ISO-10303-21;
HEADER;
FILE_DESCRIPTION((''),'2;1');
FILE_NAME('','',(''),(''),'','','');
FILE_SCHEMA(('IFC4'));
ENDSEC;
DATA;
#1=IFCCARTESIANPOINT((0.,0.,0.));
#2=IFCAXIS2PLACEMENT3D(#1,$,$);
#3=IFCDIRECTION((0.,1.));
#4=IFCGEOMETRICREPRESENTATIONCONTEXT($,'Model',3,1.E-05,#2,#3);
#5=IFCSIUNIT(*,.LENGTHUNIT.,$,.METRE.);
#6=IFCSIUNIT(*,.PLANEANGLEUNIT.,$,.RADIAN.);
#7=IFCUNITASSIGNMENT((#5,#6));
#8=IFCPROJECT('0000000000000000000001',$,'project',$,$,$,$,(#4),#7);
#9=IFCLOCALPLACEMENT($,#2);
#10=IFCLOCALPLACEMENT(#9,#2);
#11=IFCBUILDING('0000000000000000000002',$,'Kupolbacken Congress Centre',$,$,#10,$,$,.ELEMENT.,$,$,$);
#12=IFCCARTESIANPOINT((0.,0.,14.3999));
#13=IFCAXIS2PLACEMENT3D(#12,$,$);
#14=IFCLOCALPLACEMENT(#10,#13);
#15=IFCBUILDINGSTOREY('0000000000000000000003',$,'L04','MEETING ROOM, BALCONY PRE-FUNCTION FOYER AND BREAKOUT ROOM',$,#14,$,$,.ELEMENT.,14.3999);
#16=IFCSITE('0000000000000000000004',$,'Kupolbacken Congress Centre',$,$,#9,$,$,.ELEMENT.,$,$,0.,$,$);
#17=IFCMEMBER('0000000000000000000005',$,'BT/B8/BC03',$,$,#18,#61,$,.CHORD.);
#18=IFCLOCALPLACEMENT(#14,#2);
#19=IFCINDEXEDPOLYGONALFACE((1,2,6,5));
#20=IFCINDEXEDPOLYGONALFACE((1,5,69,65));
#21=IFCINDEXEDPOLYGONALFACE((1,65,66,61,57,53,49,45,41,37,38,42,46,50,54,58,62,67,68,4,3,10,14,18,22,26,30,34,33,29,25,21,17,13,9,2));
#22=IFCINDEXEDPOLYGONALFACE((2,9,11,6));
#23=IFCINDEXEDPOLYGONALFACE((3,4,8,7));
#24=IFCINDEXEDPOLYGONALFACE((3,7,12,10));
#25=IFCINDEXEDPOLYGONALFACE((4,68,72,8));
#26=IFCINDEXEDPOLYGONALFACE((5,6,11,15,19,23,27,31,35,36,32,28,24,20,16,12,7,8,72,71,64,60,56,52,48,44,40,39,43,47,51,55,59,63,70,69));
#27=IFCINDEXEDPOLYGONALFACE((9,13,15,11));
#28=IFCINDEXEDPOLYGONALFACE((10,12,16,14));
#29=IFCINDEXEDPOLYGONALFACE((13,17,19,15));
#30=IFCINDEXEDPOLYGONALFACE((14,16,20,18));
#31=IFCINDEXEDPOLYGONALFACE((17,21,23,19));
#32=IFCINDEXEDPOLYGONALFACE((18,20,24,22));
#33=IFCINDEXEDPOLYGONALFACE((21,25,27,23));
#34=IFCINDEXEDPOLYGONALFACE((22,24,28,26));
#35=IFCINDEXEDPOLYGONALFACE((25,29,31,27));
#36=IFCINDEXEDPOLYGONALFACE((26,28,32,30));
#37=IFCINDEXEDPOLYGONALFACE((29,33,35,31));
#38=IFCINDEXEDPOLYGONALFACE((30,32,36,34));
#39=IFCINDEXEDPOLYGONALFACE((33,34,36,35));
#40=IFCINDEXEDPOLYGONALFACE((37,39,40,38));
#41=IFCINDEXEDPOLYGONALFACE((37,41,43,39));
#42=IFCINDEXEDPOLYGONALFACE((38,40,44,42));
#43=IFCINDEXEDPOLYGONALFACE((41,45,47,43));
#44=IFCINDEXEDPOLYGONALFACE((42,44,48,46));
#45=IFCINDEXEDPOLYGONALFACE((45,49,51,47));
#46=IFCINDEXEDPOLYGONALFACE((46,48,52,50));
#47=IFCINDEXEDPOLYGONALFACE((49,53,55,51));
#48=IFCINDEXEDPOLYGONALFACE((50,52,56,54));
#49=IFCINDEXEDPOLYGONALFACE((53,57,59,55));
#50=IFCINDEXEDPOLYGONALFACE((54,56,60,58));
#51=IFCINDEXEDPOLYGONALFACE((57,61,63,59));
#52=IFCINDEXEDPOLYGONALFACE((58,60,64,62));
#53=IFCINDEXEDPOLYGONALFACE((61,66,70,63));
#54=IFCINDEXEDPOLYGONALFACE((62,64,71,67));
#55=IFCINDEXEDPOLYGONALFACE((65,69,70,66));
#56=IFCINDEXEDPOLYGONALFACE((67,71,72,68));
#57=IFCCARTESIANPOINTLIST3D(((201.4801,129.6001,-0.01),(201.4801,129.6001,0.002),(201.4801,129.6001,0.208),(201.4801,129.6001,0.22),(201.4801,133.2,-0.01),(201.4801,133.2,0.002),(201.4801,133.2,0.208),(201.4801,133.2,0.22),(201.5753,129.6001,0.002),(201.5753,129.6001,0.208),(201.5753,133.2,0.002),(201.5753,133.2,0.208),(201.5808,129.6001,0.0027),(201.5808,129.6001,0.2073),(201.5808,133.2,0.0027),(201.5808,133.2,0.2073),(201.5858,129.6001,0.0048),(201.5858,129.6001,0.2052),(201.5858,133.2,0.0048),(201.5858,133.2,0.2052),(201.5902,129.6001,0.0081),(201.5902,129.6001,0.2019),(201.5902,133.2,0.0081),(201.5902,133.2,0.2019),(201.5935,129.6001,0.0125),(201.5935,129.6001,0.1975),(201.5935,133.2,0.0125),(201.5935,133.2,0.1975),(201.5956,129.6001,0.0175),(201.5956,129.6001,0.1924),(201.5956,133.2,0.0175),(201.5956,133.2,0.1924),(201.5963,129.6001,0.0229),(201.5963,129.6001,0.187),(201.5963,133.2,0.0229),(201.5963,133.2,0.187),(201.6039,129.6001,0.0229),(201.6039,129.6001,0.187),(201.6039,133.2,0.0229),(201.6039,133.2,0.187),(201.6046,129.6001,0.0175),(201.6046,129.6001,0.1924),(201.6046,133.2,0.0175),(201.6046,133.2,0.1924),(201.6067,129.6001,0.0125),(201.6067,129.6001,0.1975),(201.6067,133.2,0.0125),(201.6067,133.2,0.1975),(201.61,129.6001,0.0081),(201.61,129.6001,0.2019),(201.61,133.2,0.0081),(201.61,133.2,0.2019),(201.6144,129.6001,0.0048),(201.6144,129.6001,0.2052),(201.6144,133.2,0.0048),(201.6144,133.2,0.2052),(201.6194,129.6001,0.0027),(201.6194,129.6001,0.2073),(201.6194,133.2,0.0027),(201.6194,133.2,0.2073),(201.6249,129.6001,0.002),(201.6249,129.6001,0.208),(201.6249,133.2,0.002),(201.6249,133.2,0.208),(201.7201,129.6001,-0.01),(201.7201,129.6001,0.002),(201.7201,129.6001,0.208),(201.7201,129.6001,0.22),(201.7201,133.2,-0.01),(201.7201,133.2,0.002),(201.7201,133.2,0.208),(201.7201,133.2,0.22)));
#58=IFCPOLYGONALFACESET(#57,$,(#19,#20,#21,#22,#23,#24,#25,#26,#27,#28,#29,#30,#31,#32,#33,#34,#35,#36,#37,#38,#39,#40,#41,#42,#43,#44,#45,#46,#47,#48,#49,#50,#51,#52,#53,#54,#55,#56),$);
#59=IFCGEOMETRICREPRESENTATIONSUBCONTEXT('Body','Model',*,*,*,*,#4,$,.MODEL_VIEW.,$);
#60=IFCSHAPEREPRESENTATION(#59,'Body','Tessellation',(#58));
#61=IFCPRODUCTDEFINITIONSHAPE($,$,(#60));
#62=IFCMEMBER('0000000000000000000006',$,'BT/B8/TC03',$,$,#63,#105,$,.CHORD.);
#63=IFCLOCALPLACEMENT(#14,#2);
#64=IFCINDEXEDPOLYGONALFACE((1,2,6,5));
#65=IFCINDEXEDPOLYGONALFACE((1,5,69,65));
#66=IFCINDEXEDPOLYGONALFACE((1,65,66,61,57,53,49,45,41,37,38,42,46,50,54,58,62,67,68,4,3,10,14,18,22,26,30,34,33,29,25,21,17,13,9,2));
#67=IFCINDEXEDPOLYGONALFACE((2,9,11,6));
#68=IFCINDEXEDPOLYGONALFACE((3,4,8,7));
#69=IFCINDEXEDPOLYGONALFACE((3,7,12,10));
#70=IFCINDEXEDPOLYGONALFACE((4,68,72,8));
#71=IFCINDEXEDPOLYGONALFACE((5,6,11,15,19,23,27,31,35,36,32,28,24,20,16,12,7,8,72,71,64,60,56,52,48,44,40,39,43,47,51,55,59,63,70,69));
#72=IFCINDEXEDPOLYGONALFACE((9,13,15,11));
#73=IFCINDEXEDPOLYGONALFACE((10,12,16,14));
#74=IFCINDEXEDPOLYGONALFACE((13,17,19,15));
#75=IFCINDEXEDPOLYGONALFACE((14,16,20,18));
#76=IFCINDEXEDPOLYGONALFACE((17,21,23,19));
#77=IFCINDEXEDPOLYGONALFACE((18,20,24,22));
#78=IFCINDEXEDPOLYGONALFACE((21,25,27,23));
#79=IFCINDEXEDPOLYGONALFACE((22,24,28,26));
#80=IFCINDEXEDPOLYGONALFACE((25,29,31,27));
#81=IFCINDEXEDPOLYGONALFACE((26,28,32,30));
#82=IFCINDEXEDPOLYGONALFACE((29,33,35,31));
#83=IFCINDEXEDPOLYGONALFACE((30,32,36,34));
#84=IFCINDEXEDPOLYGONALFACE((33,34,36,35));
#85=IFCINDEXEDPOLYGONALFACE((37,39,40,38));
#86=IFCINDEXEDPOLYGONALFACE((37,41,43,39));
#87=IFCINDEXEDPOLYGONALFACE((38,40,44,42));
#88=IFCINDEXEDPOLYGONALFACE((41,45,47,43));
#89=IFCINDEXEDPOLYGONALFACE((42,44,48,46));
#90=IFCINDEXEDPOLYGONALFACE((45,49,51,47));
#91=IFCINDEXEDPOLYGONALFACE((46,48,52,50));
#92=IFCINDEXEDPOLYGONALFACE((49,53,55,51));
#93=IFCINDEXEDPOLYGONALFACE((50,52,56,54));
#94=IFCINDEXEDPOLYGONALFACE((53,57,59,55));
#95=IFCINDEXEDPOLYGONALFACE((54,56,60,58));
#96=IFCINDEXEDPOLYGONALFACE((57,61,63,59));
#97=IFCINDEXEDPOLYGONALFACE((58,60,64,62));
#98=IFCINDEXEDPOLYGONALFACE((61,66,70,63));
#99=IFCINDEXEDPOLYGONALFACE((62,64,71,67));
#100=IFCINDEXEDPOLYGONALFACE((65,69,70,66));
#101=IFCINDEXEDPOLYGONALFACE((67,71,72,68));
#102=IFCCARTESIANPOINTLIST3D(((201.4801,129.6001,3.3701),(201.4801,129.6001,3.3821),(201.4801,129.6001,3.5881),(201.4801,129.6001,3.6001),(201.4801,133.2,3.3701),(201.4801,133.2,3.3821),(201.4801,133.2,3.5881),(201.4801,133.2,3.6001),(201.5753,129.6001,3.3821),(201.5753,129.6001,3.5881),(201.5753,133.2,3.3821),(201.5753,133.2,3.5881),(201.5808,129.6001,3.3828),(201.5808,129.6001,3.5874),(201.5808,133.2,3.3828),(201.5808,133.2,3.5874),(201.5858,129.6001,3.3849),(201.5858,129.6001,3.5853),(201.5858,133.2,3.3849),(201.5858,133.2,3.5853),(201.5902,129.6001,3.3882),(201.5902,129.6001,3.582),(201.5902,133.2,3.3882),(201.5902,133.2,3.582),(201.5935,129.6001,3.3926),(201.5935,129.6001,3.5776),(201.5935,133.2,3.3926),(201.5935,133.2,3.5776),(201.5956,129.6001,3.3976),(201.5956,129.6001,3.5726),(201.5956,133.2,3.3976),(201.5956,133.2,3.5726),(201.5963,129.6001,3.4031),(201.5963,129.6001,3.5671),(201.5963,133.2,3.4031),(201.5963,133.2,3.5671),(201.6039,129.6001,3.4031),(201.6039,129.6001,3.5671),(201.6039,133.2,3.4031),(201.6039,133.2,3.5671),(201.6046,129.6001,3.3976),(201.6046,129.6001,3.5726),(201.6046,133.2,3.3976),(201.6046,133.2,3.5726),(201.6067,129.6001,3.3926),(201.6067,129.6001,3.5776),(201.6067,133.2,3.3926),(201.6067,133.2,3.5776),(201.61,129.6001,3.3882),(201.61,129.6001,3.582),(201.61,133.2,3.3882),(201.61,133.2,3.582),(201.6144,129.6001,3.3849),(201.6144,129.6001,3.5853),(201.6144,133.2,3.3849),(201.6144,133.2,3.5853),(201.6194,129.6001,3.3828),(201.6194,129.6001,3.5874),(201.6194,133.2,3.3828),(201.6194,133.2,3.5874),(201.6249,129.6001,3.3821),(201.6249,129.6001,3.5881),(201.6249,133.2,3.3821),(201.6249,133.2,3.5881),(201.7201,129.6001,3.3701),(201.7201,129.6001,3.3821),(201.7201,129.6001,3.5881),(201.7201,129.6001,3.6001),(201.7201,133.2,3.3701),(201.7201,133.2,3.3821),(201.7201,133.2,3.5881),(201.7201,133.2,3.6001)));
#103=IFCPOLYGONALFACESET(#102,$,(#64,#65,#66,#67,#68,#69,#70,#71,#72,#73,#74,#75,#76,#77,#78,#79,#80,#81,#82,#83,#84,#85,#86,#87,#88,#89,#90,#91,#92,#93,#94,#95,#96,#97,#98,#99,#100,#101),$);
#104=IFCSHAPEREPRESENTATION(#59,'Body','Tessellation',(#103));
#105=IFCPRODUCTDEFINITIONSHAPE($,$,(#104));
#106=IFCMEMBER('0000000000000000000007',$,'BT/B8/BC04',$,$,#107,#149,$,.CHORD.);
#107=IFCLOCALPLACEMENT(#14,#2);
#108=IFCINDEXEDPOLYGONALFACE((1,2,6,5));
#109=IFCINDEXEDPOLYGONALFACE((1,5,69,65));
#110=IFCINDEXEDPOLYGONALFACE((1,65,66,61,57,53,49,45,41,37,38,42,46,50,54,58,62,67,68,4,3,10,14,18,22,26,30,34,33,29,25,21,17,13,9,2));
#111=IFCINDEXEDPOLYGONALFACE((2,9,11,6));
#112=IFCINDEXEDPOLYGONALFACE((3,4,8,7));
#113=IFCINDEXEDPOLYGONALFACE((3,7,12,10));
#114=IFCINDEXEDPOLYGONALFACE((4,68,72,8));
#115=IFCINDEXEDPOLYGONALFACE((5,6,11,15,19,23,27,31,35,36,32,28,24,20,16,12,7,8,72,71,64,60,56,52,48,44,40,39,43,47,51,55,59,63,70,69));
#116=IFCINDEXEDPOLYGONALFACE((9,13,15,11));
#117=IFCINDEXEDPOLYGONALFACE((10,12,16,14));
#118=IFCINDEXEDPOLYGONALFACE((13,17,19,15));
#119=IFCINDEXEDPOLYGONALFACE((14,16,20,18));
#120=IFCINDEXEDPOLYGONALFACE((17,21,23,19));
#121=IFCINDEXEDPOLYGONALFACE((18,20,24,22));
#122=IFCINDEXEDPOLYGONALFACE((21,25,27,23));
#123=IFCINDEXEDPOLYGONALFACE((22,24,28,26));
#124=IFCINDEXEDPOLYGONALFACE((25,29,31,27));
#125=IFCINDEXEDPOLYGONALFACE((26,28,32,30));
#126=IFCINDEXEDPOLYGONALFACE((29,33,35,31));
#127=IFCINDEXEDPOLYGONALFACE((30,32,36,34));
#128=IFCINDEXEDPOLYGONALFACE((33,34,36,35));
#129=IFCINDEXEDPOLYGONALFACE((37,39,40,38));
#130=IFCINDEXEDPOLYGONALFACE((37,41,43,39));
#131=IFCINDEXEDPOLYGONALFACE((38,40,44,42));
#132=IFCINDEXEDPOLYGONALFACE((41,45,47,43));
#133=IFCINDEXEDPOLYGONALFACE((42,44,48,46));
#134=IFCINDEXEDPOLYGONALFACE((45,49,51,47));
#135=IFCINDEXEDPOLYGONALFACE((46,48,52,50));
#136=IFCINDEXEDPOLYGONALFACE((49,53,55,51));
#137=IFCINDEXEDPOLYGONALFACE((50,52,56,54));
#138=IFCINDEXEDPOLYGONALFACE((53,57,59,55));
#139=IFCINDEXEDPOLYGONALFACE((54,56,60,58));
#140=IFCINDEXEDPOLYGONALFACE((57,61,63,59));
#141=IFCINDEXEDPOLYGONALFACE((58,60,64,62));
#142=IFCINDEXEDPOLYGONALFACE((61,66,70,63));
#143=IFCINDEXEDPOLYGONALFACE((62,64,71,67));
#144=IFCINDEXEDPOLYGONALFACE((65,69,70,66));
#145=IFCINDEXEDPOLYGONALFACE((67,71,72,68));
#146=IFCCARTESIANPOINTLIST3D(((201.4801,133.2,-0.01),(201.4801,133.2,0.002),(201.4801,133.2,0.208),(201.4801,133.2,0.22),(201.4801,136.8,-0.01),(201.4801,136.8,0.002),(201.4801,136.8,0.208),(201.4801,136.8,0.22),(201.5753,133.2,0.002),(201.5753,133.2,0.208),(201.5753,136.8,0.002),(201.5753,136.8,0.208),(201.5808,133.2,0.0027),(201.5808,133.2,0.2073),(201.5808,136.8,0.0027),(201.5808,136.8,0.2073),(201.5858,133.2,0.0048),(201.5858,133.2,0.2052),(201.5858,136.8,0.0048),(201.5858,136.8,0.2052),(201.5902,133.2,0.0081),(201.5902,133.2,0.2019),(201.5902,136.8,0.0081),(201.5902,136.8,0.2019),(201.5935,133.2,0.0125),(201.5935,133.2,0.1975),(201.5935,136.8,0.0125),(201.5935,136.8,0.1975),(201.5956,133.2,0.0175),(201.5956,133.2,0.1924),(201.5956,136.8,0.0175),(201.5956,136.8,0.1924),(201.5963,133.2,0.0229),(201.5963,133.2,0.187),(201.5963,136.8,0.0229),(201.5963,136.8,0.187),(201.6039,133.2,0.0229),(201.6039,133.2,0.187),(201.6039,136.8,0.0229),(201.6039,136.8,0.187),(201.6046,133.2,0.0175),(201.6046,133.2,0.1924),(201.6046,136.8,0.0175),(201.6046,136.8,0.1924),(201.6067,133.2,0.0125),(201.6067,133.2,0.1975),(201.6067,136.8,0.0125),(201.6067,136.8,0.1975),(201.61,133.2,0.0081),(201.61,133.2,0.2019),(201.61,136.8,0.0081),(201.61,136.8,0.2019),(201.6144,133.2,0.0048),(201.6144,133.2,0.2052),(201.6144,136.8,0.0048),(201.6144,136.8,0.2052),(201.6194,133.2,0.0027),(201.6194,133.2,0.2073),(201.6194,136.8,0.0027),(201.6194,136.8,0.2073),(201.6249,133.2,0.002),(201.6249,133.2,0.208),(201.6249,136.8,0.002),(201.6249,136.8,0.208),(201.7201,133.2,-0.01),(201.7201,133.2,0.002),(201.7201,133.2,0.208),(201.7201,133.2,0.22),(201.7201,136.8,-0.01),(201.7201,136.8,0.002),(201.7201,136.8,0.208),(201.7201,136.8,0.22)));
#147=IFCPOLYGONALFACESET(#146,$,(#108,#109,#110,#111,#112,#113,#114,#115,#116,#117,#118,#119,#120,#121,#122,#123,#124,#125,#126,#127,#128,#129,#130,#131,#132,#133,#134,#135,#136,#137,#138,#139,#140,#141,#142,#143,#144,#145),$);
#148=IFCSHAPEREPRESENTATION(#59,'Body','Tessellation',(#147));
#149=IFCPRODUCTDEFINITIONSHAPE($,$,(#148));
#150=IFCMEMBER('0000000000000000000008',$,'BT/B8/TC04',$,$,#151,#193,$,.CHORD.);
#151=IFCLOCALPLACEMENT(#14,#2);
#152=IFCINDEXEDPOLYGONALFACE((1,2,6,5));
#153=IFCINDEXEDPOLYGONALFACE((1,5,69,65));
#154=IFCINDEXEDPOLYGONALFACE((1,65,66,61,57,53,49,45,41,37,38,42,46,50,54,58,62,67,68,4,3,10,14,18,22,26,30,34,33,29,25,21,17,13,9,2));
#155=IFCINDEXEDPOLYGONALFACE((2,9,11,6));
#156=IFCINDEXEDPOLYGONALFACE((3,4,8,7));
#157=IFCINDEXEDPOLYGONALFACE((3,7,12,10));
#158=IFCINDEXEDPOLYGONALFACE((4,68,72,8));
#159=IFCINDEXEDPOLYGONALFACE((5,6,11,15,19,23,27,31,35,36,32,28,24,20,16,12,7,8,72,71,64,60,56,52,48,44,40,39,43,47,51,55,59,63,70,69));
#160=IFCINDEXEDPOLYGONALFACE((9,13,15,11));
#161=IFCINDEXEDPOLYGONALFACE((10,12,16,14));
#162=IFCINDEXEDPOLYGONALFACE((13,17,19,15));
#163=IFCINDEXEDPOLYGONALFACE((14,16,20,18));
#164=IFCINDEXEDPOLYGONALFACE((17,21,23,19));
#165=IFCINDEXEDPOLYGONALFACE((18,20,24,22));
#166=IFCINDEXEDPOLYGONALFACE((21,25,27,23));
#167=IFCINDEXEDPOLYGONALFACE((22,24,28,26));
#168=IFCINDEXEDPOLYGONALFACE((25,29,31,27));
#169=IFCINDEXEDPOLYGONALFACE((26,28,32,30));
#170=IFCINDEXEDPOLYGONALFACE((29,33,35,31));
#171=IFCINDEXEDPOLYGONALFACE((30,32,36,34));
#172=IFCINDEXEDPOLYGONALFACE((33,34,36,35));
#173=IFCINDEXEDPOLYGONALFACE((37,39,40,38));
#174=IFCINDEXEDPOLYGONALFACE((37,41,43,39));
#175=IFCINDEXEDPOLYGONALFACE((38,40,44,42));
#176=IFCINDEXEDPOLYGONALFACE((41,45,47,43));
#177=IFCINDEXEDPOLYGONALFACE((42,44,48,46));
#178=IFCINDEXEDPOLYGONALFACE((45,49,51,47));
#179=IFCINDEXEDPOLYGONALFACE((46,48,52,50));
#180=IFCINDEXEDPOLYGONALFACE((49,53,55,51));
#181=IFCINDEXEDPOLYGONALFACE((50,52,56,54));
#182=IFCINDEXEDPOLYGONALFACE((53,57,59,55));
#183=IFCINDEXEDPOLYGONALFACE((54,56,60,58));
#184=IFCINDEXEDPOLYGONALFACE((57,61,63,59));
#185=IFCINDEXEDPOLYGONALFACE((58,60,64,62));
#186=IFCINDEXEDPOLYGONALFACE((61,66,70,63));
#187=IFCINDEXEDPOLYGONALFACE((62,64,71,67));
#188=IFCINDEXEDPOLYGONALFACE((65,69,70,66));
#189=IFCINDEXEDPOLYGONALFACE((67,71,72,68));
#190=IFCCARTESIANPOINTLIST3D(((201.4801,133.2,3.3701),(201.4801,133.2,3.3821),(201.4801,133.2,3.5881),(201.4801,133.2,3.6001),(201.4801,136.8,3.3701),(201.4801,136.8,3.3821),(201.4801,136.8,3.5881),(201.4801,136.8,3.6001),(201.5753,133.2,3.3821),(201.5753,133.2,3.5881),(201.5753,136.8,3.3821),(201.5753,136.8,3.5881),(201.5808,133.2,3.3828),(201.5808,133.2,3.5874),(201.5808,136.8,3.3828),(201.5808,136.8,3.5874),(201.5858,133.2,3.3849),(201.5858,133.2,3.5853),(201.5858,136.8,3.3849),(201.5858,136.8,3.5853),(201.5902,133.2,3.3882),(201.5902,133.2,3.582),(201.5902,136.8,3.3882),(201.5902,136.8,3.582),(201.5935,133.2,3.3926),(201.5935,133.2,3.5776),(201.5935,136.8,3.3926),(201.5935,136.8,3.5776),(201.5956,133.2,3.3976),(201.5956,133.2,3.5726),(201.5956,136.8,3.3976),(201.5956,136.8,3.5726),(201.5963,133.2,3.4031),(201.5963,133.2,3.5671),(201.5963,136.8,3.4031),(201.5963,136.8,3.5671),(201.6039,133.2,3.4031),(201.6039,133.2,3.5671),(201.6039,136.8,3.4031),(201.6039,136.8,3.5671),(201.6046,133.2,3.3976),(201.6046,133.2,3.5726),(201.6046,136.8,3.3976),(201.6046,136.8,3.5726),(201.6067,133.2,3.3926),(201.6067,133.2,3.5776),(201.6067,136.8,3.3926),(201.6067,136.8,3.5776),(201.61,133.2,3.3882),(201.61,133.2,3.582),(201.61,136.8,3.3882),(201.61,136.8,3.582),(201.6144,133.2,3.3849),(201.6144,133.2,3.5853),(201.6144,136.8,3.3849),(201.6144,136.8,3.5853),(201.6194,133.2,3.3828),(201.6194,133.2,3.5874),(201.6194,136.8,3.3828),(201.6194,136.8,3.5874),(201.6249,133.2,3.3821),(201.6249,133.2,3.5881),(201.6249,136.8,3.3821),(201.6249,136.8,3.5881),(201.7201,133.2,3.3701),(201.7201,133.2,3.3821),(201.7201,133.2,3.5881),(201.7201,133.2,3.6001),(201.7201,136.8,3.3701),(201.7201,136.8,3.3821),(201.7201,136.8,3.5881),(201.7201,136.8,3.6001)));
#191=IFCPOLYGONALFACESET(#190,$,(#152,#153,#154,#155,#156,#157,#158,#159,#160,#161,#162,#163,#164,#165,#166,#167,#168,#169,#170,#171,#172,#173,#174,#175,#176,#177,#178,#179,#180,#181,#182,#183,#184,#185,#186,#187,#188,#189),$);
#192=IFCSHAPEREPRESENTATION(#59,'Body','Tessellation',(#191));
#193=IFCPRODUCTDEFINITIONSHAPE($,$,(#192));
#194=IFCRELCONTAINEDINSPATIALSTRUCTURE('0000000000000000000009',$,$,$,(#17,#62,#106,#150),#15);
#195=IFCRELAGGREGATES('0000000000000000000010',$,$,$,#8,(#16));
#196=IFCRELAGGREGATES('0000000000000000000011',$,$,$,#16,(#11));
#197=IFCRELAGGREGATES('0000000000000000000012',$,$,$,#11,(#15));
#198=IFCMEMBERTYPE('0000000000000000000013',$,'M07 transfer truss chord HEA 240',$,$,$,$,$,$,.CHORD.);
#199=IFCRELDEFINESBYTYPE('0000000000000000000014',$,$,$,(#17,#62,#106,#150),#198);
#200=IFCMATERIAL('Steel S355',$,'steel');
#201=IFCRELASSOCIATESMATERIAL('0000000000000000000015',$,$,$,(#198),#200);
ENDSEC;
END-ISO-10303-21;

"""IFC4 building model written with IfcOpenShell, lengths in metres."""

from ifc_helpers import new_model, si_unit, direction, frame, origin, origin_2d, place, context, subcontext, project, spatial, i_section, extrude, material, material_profile, profile_set, type_object, element, save


model = new_model("IFC4")

# Units and contexts
model_context = context("Model", 3, precision=1e-05, world=origin(), true_north=direction((0.0, 1.0)))
body_context = subcontext(model_context, "Body", "Model", "MODEL_VIEW")
ifc_project = project(units=[si_unit("LENGTHUNIT", "METRE"), si_unit("PLANEANGLEUNIT", "RADIAN")], contexts=[model_context])

# Site, building, storey
site_placement = place(None, origin())
site = spatial("IfcSite", under=ifc_project, at=site_placement, Name="Kupolbacken Congress Centre", CompositionType="ELEMENT", RefElevation=0.0)
building_placement = place(site_placement, origin())
building = spatial("IfcBuilding", under=site, at=building_placement, Name="Kupolbacken Congress Centre", CompositionType="ELEMENT")
storey_placement = place(building_placement, frame((0.0, 0.0, 14.3999)))
storey = spatial("IfcBuildingStorey", under=building, at=storey_placement, Name="L04", Description="MEETING ROOM, BALCONY PRE-FUNCTION FOYER AND BREAKOUT ROOM", CompositionType="ELEMENT", Elevation=14.3999)

# Members
ifc_material_1 = material(Name="Steel S355", Category="steel")
ifc_material_profile_1 = material_profile(ifc_material_1, i_section(OverallWidth=0.24, OverallDepth=0.23, WebThickness=0.0076, FlangeThickness=0.012, FilletRadius=0.021, at=origin_2d()), Name="HEA 240")
ifc_profile_set_1 = profile_set([ifc_material_profile_1], Name="Steel S355")
member_type_1 = type_object("IfcMemberType", Name="M07 transfer truss chord HEA 240", PredefinedType="CHORD", material=ifc_profile_set_1)
for number, where, z_axis, x_axis, name in (
    (1, (201.6001, 129.6001, 0.105), (0.0, 1.0, 0.0), (-1.0, 0.0, 0.0), "BT/B8/BC03"),
    (2, (201.6001, 129.6001, 3.4851), (0.0, 1.0, 0.0), (-1.0, 0.0, 0.0), "BT/B8/TC03"),
):
    element("IfcMember", number, at=place(storey_placement, frame(where, z_axis=z_axis, x_axis=x_axis)), inside=storey, type_object=member_type_1, Name=name, PredefinedType="CHORD", context=body_context, shape_type="SweptSolid", body=[
        extrude(i_section(OverallWidth=0.24, OverallDepth=0.23, WebThickness=0.0076, FlangeThickness=0.012, FilletRadius=0.021, at=origin_2d()), origin(), (0.0, 0.0, 1.0), 3.5999),
    ])
for number, where, z_axis, x_axis, name in (
    (3, (201.6001, 133.2, 0.105), (0.0, 1.0, 0.0), (-1.0, 0.0, 0.0), "BT/B8/BC04"),
    (4, (201.6001, 133.2, 3.4851), (0.0, 1.0, 0.0), (-1.0, 0.0, 0.0), "BT/B8/TC04"),
):
    element("IfcMember", number, at=place(storey_placement, frame(where, z_axis=z_axis, x_axis=x_axis)), inside=storey, type_object=member_type_1, Name=name, PredefinedType="CHORD", context=body_context, shape_type="SweptSolid", body=[
        extrude(i_section(OverallWidth=0.24, OverallDepth=0.23, WebThickness=0.0076, FlangeThickness=0.012, FilletRadius=0.021, at=origin_2d()), origin(), (0.0, 0.0, 1.0), 3.6001),
    ])

save(model, "model.ifc")
